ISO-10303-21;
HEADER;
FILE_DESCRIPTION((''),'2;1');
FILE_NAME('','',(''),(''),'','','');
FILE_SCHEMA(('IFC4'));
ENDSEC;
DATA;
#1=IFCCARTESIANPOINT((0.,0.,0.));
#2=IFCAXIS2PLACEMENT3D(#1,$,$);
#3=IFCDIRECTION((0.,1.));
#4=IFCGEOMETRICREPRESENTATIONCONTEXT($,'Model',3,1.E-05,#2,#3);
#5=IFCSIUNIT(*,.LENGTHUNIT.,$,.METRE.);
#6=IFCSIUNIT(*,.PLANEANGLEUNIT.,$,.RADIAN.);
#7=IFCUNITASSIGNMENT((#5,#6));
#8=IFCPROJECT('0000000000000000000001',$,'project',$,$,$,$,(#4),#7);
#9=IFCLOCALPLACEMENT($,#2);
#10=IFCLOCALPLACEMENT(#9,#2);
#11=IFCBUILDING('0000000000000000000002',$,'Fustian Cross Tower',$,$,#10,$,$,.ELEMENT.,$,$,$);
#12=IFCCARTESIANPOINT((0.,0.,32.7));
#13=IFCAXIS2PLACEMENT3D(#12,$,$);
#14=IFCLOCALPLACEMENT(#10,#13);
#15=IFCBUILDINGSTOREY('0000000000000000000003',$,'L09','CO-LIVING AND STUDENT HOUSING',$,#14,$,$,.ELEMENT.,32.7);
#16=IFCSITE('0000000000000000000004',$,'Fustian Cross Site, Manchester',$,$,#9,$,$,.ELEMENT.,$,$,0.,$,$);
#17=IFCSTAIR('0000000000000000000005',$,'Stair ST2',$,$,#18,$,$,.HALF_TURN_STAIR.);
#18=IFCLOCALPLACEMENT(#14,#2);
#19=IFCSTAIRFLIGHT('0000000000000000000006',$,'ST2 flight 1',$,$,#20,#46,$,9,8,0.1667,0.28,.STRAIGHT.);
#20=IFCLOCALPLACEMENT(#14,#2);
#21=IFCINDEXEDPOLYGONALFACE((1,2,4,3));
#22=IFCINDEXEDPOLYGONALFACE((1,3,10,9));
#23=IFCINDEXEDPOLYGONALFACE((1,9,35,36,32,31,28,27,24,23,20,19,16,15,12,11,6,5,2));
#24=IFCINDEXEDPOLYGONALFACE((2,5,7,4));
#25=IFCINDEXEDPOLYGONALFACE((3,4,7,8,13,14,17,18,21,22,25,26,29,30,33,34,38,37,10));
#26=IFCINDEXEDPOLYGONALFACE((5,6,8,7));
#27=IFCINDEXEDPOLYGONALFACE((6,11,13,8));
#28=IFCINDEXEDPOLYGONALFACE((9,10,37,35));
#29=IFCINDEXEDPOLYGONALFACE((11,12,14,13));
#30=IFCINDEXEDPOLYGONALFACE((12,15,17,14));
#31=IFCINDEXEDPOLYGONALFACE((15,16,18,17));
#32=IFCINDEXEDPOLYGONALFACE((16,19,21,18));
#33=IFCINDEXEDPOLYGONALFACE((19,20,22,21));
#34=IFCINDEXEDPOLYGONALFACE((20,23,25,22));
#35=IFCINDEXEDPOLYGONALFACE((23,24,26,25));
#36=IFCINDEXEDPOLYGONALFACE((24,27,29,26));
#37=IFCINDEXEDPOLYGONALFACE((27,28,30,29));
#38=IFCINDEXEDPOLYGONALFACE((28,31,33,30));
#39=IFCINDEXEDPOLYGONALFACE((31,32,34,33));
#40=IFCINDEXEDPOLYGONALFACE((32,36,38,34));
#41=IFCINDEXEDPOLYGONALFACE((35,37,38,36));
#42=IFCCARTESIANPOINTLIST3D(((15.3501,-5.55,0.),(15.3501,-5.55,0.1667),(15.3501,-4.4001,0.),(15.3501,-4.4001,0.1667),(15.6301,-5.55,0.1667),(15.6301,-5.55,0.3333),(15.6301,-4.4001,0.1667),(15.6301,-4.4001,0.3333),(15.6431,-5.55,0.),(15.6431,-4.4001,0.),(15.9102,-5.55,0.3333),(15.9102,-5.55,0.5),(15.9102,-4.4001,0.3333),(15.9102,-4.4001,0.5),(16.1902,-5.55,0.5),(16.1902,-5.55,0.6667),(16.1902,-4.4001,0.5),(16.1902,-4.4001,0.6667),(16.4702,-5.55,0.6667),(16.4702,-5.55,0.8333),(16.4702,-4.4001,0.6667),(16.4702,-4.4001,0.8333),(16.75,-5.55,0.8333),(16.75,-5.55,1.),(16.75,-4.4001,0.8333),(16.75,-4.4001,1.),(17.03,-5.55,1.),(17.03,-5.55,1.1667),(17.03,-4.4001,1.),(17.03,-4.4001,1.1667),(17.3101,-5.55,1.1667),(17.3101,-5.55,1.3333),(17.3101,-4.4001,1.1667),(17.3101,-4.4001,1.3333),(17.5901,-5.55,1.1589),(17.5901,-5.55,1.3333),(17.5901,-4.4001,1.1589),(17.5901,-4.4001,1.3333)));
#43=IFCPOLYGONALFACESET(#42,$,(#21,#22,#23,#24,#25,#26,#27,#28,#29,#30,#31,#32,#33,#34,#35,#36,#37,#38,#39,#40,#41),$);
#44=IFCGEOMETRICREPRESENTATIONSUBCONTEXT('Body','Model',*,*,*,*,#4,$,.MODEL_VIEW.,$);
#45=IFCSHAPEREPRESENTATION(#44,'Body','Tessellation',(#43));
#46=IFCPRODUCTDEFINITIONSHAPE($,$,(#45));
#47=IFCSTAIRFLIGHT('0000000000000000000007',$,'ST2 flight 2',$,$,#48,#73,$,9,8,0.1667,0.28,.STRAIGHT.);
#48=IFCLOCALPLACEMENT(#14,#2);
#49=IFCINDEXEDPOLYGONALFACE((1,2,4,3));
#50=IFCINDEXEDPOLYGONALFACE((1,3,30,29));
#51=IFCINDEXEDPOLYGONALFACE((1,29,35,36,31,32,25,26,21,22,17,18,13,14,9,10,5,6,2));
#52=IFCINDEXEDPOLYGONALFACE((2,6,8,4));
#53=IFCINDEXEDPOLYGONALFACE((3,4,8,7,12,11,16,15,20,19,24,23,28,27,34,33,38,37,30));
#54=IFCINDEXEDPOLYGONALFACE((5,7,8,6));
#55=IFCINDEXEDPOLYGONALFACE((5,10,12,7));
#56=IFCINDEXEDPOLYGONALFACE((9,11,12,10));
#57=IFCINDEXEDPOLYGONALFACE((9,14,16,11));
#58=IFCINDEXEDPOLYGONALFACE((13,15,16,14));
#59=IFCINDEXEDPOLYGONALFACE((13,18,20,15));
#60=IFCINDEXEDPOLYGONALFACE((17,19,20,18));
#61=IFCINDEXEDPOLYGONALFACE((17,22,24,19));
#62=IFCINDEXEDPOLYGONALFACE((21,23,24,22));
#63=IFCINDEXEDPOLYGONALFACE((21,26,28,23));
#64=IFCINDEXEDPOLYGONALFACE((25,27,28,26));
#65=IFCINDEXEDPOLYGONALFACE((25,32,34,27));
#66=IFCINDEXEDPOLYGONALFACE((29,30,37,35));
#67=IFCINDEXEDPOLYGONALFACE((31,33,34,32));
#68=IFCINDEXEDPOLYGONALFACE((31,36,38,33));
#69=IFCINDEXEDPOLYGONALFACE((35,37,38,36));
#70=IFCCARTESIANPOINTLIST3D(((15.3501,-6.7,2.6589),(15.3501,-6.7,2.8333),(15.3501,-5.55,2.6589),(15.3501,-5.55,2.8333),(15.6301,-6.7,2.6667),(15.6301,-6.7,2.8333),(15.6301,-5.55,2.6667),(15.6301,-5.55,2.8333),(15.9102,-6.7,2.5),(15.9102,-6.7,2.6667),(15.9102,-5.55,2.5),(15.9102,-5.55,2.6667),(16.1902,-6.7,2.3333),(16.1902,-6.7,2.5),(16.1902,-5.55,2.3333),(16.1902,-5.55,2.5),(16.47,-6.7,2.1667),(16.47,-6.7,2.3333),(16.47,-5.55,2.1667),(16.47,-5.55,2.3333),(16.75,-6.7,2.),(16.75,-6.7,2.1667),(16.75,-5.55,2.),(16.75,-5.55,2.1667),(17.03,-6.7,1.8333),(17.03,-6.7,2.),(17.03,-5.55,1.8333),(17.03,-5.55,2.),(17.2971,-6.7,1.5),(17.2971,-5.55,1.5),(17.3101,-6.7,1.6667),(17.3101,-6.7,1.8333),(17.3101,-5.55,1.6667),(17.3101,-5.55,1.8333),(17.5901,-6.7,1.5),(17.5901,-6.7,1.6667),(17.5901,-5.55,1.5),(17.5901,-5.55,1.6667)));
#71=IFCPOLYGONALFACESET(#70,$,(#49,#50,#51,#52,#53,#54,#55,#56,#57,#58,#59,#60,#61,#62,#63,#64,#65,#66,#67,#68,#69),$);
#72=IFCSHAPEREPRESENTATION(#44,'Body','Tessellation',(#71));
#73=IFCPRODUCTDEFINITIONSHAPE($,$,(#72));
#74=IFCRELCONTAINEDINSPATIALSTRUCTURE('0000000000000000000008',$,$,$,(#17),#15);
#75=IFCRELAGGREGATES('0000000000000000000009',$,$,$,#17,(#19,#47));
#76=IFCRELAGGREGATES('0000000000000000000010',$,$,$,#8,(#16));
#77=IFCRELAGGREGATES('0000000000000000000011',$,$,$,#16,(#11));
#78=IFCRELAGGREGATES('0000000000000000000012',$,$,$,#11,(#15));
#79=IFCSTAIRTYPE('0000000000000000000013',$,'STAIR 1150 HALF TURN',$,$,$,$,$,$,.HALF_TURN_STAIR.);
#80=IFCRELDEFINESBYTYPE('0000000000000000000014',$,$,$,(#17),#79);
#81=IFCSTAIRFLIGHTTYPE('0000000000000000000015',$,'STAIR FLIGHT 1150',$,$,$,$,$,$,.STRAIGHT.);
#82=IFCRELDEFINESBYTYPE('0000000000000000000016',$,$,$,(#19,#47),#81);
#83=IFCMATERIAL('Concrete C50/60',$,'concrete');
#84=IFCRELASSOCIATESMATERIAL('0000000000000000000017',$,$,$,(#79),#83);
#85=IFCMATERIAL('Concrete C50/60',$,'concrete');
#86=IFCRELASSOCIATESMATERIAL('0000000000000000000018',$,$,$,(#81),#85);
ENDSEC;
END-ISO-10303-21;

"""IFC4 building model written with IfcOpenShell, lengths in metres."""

from ifc_helpers import new_model, si_unit, direction, frame, origin, place, context, subcontext, project, spatial, polyline, outline, extrude, material, type_object, element, aggregate, save


model = new_model("IFC4")

# Units and contexts
model_context = context("Model", 3, precision=1e-05, world=origin(), true_north=direction((0.0, 1.0)))
body_context = subcontext(model_context, "Body", "Model", "MODEL_VIEW")
ifc_project = project(units=[si_unit("LENGTHUNIT", "METRE"), si_unit("PLANEANGLEUNIT", "RADIAN")], contexts=[model_context])

# Site, building, storey
site_placement = place(None, origin())
site = spatial("IfcSite", under=ifc_project, at=site_placement, Name="Fustian Cross Site, Manchester", CompositionType="ELEMENT", RefElevation=0.0)
building_placement = place(site_placement, origin())
building = spatial("IfcBuilding", under=site, at=building_placement, Name="Fustian Cross Tower", CompositionType="ELEMENT")
storey_placement = place(building_placement, frame((0.0, 0.0, 32.7)))
storey = spatial("IfcBuildingStorey", under=building, at=storey_placement, Name="L09", Description="CO-LIVING AND STUDENT HOUSING", CompositionType="ELEMENT", Elevation=32.7)

# Stair, stair flights
ifc_material_1 = material(Name="Concrete C50/60", Category="concrete")
stair_type = type_object("IfcStairType", Name="STAIR 1150 HALF TURN", PredefinedType="HALF_TURN_STAIR", material=ifc_material_1)
stair_placement = place(storey_placement, origin())
stair = element("IfcStair", 1, at=stair_placement, inside=storey, type_object=stair_type, Name="Stair ST2", PredefinedType="HALF_TURN_STAIR")
ifc_material_2 = material(Name="Concrete C50/60", Category="concrete")
stair_flight_type = type_object("IfcStairFlightType", Name="STAIR FLIGHT 1150", PredefinedType="STRAIGHT", material=ifc_material_2)
stair_flight_1_placement = place(storey_placement, frame((15.3501, -4.9751, 0.0), z_axis=(0.0, 0.0, 1.0), x_axis=(1.0, 0.0, 0.0)))
stair_flight_1 = element("IfcStairFlight", 2, at=stair_flight_1_placement, type_object=stair_flight_type, Name="ST2 flight 1", NumberOfRisers=9, NumberOfTreads=8, PredefinedType="STRAIGHT", RiserHeight=0.1667, TreadLength=0.28, context=body_context, shape_type="SweptSolid", body=[
    extrude(outline(polyline([(0.0, 0.0), (0.0, 0.1667), (0.28, 0.1667), (0.28, 0.3333), (0.5601, 0.3333), (0.5601, 0.5), (0.8401, 0.5), (0.8401, 0.6667), (1.1201, 0.6667), (1.1201, 0.8333), (1.3999, 0.8333), (1.3999, 1.0), (1.6799, 1.0), (1.6799, 1.1667), (1.96, 1.1667), (1.96, 1.3333), (2.24, 1.3333), (2.24, 1.5), (2.24, 1.1589), (0.293, 0.0), (0.0, 0.0)])), frame((0.0, 0.575, 0.0), z_axis=(0.0, -1.0, 0.0), x_axis=(1.0, 0.0, 0.0)), (0.0, 0.0, 1.0), 1.1499),
])
stair_flight_2_placement = place(storey_placement, frame((17.5901, -6.125, 1.5), z_axis=(0.0, 0.0, 1.0), x_axis=(-1.0, 0.0, 0.0)))
stair_flight_2 = element("IfcStairFlight", 3, at=stair_flight_2_placement, type_object=stair_flight_type, Name="ST2 flight 2", NumberOfRisers=9, NumberOfTreads=8, PredefinedType="STRAIGHT", RiserHeight=0.1667, TreadLength=0.28, context=body_context, shape_type="SweptSolid", body=[
    extrude(outline(polyline([(0.0, 0.0), (0.0, 0.1667), (0.28, 0.1667), (0.28, 0.3333), (0.5601, 0.3333), (0.5601, 0.5), (0.8401, 0.5), (0.8401, 0.6667), (1.1201, 0.6667), (1.1201, 0.8333), (1.3999, 0.8333), (1.3999, 1.0), (1.6799, 1.0), (1.6799, 1.1667), (1.96, 1.1667), (1.96, 1.3333), (2.24, 1.3333), (2.24, 1.5), (2.24, 1.1589), (0.293, 0.0), (0.0, 0.0)])), frame((0.0, 0.575, 0.0), z_axis=(0.0, -1.0, 0.0), x_axis=(1.0, 0.0, 0.0)), (0.0, 0.0, 1.0), 1.1499),
])
aggregate(stair, [stair_flight_1, stair_flight_2])

save(model, "model.ifc")
